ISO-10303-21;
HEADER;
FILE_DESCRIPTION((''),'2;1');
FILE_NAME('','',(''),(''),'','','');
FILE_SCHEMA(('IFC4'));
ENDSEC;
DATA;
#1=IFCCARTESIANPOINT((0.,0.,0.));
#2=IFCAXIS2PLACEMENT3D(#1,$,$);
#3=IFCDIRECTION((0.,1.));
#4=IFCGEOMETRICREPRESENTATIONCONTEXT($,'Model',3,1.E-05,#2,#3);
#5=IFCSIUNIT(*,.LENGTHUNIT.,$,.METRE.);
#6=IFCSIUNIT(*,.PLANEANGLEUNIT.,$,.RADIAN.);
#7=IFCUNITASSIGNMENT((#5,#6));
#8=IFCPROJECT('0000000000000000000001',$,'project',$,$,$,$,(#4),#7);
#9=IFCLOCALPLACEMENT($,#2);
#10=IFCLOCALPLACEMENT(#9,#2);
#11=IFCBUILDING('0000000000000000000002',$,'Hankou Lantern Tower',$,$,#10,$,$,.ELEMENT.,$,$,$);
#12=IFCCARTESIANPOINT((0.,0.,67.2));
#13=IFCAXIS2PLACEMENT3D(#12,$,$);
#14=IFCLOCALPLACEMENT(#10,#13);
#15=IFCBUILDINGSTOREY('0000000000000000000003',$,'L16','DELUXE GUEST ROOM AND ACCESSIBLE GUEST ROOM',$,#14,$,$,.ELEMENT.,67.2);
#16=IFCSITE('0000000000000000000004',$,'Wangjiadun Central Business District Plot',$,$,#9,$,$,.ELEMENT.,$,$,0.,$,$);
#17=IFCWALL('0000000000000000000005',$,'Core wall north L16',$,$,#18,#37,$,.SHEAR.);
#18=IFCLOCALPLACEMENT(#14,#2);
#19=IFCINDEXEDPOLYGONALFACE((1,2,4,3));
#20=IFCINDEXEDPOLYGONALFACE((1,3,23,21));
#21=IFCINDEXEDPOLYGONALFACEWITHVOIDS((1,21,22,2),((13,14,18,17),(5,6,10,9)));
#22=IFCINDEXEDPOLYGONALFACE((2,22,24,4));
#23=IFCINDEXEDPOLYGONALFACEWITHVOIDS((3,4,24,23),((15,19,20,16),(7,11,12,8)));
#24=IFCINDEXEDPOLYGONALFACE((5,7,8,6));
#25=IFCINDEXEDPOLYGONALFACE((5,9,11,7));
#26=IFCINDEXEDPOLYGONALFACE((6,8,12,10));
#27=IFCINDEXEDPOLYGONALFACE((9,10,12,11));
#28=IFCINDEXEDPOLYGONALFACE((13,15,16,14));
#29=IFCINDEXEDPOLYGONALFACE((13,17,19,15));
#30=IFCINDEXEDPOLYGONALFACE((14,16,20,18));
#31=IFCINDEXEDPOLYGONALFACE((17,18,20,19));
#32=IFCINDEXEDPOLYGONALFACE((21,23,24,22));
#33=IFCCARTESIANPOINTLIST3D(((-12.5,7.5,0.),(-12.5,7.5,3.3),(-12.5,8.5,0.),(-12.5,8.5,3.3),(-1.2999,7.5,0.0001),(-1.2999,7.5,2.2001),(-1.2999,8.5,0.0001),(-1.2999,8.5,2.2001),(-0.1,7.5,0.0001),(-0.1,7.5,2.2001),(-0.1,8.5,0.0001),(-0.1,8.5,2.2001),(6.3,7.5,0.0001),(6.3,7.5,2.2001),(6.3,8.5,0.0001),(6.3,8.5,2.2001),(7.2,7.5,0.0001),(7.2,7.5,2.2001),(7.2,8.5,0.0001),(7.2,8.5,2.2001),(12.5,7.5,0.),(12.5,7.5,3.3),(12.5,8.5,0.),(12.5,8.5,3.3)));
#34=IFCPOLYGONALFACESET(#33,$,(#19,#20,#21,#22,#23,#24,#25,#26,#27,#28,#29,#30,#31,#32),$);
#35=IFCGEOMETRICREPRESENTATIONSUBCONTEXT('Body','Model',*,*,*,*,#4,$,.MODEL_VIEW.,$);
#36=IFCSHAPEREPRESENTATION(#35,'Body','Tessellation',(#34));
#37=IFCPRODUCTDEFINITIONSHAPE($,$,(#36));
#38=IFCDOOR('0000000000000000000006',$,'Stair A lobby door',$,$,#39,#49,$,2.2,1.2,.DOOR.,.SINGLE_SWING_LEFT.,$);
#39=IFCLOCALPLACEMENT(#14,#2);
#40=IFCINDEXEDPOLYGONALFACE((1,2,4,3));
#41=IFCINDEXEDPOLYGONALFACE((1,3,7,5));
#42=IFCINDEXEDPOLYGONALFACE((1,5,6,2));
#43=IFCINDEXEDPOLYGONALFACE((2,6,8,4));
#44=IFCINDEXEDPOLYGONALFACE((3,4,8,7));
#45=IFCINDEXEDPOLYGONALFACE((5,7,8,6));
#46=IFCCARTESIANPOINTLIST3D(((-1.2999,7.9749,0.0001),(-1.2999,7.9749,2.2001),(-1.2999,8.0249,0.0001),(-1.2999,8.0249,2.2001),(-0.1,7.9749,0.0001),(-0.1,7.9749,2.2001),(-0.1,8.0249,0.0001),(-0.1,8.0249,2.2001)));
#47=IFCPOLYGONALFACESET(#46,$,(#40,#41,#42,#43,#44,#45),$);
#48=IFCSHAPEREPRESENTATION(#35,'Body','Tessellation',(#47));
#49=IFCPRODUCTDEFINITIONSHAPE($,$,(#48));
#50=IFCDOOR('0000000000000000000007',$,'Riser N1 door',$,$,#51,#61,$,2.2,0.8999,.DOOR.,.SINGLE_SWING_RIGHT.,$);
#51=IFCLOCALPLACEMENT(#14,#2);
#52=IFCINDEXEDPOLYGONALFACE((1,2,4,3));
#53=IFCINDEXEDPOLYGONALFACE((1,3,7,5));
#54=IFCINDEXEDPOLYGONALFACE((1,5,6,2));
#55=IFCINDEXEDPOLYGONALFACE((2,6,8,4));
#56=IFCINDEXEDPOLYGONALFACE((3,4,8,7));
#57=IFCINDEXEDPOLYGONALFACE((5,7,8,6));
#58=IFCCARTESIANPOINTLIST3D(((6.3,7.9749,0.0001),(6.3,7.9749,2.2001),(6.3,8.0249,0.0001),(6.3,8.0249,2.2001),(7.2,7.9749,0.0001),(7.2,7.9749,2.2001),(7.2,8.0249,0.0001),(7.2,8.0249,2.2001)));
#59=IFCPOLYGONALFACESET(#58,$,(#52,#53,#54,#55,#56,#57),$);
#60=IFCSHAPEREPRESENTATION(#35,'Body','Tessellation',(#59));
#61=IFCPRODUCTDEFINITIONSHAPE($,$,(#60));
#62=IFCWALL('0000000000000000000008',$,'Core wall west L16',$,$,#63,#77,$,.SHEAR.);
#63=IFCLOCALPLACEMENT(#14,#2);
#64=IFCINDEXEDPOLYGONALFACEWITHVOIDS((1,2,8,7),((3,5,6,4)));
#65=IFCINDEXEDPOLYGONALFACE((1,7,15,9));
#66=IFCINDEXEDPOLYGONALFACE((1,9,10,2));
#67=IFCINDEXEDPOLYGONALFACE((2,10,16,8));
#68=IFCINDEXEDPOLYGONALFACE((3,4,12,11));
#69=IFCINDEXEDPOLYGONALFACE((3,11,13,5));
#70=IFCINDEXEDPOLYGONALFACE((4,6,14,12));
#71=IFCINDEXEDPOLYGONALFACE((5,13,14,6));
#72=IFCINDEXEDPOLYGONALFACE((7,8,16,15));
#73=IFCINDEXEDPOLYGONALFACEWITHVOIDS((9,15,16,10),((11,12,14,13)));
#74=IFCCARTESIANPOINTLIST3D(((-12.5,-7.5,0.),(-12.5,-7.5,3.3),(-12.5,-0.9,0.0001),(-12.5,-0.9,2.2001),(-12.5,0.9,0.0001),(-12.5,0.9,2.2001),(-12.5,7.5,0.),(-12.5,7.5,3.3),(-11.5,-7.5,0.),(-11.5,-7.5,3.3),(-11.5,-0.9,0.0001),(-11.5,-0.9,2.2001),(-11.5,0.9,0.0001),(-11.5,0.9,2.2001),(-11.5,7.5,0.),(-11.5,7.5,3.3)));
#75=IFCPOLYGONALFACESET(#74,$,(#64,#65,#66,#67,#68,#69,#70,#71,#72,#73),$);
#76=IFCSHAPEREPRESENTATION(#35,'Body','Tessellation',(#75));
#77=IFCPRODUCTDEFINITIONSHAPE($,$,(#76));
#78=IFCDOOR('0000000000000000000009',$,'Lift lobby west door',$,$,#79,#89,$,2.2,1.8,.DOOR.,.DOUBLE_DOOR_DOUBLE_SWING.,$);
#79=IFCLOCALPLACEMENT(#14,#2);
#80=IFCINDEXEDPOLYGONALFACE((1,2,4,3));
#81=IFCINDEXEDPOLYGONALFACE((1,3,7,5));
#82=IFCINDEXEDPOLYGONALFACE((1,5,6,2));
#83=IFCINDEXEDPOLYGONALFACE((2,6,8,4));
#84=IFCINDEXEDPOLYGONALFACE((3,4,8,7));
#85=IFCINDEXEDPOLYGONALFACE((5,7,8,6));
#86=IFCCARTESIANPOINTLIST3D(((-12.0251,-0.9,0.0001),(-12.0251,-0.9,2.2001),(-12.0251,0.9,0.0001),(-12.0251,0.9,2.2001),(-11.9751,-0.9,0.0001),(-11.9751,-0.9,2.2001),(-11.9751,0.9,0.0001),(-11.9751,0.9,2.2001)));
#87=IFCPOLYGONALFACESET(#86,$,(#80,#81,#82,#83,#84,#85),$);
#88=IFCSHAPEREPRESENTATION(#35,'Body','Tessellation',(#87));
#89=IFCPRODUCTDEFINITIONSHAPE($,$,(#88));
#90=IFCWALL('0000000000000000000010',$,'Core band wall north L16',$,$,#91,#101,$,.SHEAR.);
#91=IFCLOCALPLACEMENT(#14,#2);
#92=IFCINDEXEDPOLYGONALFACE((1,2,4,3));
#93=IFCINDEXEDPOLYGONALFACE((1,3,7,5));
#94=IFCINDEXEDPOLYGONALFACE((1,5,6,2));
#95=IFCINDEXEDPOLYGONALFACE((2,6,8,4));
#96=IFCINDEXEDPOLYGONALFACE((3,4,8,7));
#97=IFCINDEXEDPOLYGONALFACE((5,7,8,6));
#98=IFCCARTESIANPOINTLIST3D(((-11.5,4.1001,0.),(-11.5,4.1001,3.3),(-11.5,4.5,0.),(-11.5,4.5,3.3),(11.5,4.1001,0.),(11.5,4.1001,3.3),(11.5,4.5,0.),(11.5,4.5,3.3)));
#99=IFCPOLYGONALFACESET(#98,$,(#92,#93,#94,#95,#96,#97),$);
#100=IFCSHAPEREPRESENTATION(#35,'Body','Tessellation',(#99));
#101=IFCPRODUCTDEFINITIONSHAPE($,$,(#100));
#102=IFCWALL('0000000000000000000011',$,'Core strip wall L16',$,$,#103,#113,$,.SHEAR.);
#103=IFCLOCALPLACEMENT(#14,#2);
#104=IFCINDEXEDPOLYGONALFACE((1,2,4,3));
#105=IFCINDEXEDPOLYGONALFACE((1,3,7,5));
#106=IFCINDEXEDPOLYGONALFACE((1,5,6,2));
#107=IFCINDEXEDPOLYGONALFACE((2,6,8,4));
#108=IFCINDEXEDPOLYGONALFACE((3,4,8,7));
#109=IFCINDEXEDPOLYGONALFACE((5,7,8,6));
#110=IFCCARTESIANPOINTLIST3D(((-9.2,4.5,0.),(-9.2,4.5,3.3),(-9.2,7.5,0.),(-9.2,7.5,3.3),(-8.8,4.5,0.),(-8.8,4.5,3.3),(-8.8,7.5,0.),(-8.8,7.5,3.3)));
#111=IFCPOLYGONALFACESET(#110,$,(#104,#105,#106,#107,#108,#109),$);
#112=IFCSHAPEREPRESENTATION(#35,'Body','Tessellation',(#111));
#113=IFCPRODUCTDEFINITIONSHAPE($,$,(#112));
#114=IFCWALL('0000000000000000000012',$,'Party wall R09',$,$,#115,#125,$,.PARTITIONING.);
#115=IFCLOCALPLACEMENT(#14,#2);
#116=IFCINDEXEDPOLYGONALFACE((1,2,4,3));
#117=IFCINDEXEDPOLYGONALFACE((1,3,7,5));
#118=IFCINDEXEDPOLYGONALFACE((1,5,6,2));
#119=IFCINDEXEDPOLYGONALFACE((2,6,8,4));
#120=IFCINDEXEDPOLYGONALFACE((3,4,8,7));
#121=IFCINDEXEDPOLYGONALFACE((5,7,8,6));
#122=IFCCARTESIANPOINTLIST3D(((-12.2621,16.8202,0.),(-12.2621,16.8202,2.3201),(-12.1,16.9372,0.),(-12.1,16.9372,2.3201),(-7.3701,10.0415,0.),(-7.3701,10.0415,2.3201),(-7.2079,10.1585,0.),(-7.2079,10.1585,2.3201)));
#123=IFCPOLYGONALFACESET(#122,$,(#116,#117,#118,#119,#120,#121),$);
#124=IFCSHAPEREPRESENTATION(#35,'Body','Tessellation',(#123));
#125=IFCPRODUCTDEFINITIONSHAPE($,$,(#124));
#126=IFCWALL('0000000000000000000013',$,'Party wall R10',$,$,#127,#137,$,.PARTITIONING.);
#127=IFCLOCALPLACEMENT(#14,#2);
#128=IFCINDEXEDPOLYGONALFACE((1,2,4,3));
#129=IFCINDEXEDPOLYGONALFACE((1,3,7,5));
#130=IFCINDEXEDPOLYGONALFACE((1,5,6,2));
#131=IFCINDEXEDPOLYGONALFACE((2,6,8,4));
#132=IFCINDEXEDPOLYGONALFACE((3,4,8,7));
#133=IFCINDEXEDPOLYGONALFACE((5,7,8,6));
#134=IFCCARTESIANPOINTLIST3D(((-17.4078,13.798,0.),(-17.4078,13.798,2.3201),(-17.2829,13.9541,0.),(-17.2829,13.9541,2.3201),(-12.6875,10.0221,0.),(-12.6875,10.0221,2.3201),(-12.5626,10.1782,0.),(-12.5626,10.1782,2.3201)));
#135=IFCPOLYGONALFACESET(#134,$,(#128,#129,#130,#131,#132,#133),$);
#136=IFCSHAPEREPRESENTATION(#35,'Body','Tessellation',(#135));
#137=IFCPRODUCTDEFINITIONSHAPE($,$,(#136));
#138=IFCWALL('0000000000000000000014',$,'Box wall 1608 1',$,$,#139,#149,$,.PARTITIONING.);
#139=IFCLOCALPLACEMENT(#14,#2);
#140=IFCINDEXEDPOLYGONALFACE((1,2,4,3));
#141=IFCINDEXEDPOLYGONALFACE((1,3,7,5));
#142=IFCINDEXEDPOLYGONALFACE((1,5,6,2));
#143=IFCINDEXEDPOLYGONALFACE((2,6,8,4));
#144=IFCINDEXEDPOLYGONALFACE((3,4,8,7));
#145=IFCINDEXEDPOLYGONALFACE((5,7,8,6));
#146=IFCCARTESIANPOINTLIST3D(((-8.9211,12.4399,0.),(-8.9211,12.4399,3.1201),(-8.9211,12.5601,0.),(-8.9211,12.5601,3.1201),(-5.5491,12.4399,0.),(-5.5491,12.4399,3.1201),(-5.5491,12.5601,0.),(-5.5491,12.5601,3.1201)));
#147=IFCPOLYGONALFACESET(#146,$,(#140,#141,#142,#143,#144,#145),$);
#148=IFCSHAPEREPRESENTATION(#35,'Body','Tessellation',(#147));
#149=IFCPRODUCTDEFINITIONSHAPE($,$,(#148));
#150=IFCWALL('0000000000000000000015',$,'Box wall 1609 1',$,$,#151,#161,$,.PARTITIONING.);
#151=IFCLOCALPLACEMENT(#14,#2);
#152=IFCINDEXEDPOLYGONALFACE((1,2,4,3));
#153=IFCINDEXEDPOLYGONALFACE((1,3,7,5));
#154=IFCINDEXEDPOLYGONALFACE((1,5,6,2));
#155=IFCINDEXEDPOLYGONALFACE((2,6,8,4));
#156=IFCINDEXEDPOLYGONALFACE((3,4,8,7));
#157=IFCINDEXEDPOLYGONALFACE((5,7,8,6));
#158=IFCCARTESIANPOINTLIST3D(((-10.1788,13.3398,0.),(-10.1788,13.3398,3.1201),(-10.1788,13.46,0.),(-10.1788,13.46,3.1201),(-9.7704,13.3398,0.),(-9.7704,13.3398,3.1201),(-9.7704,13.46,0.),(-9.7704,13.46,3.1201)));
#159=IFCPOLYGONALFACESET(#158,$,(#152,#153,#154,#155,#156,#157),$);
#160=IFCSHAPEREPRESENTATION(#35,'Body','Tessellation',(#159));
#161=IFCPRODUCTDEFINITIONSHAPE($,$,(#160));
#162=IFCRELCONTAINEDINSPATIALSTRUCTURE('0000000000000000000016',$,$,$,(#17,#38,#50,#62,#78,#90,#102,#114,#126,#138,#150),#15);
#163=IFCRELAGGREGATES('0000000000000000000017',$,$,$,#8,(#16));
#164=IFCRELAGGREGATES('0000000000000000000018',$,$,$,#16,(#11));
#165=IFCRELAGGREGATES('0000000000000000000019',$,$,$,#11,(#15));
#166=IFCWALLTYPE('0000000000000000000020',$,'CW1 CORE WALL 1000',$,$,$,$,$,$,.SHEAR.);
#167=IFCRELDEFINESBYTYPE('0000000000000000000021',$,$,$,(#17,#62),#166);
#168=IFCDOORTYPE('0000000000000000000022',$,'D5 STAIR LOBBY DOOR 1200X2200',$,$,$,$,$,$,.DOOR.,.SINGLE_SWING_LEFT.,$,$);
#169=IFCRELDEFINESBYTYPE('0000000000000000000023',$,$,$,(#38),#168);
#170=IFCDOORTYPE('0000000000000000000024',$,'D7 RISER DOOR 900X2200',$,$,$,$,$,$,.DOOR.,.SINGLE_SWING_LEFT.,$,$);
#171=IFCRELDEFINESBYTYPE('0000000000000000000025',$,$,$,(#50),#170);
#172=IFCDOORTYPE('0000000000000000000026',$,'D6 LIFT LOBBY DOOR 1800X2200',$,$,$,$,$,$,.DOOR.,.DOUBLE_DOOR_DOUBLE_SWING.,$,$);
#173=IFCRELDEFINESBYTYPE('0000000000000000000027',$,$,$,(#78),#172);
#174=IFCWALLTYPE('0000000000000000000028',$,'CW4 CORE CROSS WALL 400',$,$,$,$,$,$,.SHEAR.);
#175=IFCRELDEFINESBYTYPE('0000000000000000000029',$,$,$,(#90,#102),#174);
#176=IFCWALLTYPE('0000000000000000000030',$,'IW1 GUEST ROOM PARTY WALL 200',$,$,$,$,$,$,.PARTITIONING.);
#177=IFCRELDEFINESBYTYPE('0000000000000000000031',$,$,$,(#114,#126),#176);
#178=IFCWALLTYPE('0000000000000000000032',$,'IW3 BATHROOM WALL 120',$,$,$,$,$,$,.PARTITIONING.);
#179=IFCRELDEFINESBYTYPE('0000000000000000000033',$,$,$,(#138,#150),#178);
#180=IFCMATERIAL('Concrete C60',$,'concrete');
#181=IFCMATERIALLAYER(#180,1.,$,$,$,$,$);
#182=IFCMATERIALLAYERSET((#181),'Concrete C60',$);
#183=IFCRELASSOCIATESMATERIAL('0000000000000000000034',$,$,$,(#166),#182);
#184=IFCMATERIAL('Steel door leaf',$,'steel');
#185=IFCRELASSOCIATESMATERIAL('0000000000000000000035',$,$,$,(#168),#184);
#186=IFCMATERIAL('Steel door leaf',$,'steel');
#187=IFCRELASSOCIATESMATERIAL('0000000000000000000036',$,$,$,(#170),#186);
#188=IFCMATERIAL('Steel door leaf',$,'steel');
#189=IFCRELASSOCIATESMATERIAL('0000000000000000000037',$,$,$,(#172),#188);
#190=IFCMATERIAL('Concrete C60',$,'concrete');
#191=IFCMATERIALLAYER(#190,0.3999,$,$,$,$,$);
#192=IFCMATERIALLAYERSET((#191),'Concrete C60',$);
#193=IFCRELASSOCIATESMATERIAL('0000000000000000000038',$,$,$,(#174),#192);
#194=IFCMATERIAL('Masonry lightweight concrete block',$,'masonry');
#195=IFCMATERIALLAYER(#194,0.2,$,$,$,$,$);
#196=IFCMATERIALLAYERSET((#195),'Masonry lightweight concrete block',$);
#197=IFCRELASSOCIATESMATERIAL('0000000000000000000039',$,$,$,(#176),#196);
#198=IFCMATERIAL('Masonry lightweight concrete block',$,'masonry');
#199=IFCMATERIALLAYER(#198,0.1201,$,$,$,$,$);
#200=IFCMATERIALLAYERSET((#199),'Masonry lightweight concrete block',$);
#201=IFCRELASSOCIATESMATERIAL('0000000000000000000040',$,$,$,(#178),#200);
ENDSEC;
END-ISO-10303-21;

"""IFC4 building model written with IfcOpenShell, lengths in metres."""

from ifc_helpers import new_model, si_unit, direction, frame, frame_2d, origin, place, context, subcontext, project, spatial, rectangle, extrude, material, layer, layer_set, type_object, element, fill, save


model = new_model("IFC4")

# Units and contexts
model_context = context("Model", 3, precision=1e-05, world=origin(), true_north=direction((0.0, 1.0)))
body_context = subcontext(model_context, "Body", "Model", "MODEL_VIEW")
ifc_project = project(units=[si_unit("LENGTHUNIT", "METRE"), si_unit("PLANEANGLEUNIT", "RADIAN")], contexts=[model_context])

# Site, building, storey
site_placement = place(None, origin())
site = spatial("IfcSite", under=ifc_project, at=site_placement, Name="Wangjiadun Central Business District Plot", CompositionType="ELEMENT", RefElevation=0.0)
building_placement = place(site_placement, origin())
building = spatial("IfcBuilding", under=site, at=building_placement, Name="Hankou Lantern Tower", CompositionType="ELEMENT")
storey_placement = place(building_placement, frame((0.0, 0.0, 67.2)))
storey = spatial("IfcBuildingStorey", under=building, at=storey_placement, Name="L16", Description="DELUXE GUEST ROOM AND ACCESSIBLE GUEST ROOM", CompositionType="ELEMENT", Elevation=67.2)

# Wall, openings, doors
ifc_material_1 = material(Name="Concrete C60", Category="concrete")
ifc_layer_1 = layer(ifc_material_1, 1.0)
ifc_layer_set_1 = layer_set([ifc_layer_1], Name="Concrete C60")
wall_type_1 = type_object("IfcWallType", Name="CW1 CORE WALL 1000", PredefinedType="SHEAR", material=ifc_layer_set_1)
wall_1_placement = place(storey_placement, frame((-12.5, 8.0, 0.0), z_axis=(0.0, 0.0, 1.0), x_axis=(1.0, 0.0, 0.0)))
wall_1 = element("IfcWall", 1, at=wall_1_placement, inside=storey, type_object=wall_type_1, Name="Core wall north L16", PredefinedType="SHEAR", context=body_context, shape_type="SweptSolid", body=[
    extrude(rectangle(XDim=25.0, YDim=1.0, at=frame_2d((12.5, 0.0))), origin(), (0.0, 0.0, 1.0), 3.3),
])
opening_1_placement = place(wall_1_placement, frame((11.2, 0.0, 0.0)))
opening_1 = element("IfcOpeningElement", 2, at=opening_1_placement, cuts=wall_1, PredefinedType="OPENING", context=body_context, shape_type="SweptSolid", body=[
    extrude(rectangle(XDim=1.2, YDim=2.2, at=frame_2d((0.6001, 1.1001))), frame((0.0, 0.51, 0.0), z_axis=(0.0, -1.0, 0.0), x_axis=(1.0, 0.0, 0.0)), (0.0, 0.0, 1.0), 1.02),
])
opening_2_placement = place(wall_1_placement, frame((18.8, 0.0, 0.0)))
opening_2 = element("IfcOpeningElement", 3, at=opening_2_placement, cuts=wall_1, PredefinedType="OPENING", context=body_context, shape_type="SweptSolid", body=[
    extrude(rectangle(XDim=0.8999, YDim=2.2, at=frame_2d((0.45, 1.1001))), frame((0.0, 0.51, 0.0), z_axis=(0.0, -1.0, 0.0), x_axis=(1.0, 0.0, 0.0)), (0.0, 0.0, 1.0), 1.02),
])
ifc_material_2 = material(Name="Steel door leaf", Category="steel")
door_type_1 = type_object("IfcDoorType", Name="D5 STAIR LOBBY DOOR 1200X2200", OperationType="SINGLE_SWING_LEFT", PredefinedType="DOOR", material=ifc_material_2)
door_1_placement = place(opening_1_placement, origin())
door_1 = element("IfcDoor", 4, at=door_1_placement, inside=storey, type_object=door_type_1, Name="Stair A lobby door", OperationType="SINGLE_SWING_LEFT", OverallHeight=2.2, OverallWidth=1.2, PredefinedType="DOOR", context=body_context, shape_type="SweptSolid", body=[
    extrude(rectangle(XDim=1.2, YDim=2.2, at=frame_2d((0.6001, 1.1001))), frame((0.0, 0.0249, 0.0), z_axis=(0.0, -1.0, 0.0), x_axis=(1.0, 0.0, 0.0)), (0.0, 0.0, 1.0), 0.05),
])
fill(opening_1, door_1)
ifc_material_3 = material(Name="Steel door leaf", Category="steel")
door_type_2 = type_object("IfcDoorType", Name="D7 RISER DOOR 900X2200", OperationType="SINGLE_SWING_LEFT", PredefinedType="DOOR", material=ifc_material_3)
door_2_placement = place(opening_2_placement, origin())
door_2 = element("IfcDoor", 5, at=door_2_placement, inside=storey, type_object=door_type_2, Name="Riser N1 door", OperationType="SINGLE_SWING_RIGHT", OverallHeight=2.2, OverallWidth=0.8999, PredefinedType="DOOR", context=body_context, shape_type="SweptSolid", body=[
    extrude(rectangle(XDim=0.8999, YDim=2.2, at=frame_2d((0.45, 1.1001))), frame((0.0, 0.0249, 0.0), z_axis=(0.0, -1.0, 0.0), x_axis=(1.0, 0.0, 0.0)), (0.0, 0.0, 1.0), 0.05),
])
fill(opening_2, door_2)

# Wall, opening, door
wall_2_placement = place(storey_placement, frame((-12.0, 7.5, 0.0), z_axis=(0.0, 0.0, 1.0), x_axis=(0.0, -1.0, 0.0)))
wall_2 = element("IfcWall", 6, at=wall_2_placement, inside=storey, type_object=wall_type_1, Name="Core wall west L16", PredefinedType="SHEAR", context=body_context, shape_type="SweptSolid", body=[
    extrude(rectangle(XDim=15.0, YDim=1.0, at=frame_2d((7.5, 0.0))), origin(), (0.0, 0.0, 1.0), 3.3),
])
opening_3_placement = place(wall_2_placement, frame((6.6001, 0.0, 0.0)))
opening_3 = element("IfcOpeningElement", 7, at=opening_3_placement, cuts=wall_2, PredefinedType="OPENING", context=body_context, shape_type="SweptSolid", body=[
    extrude(rectangle(XDim=1.8, YDim=2.2, at=frame_2d((0.8999, 1.1001))), frame((0.0, 0.51, 0.0), z_axis=(0.0, -1.0, 0.0), x_axis=(1.0, 0.0, 0.0)), (0.0, 0.0, 1.0), 1.02),
])
ifc_material_4 = material(Name="Steel door leaf", Category="steel")
door_type_3 = type_object("IfcDoorType", Name="D6 LIFT LOBBY DOOR 1800X2200", OperationType="DOUBLE_DOOR_DOUBLE_SWING", PredefinedType="DOOR", material=ifc_material_4)
door_3_placement = place(opening_3_placement, origin())
door_3 = element("IfcDoor", 8, at=door_3_placement, inside=storey, type_object=door_type_3, Name="Lift lobby west door", OperationType="DOUBLE_DOOR_DOUBLE_SWING", OverallHeight=2.2, OverallWidth=1.8, PredefinedType="DOOR", context=body_context, shape_type="SweptSolid", body=[
    extrude(rectangle(XDim=1.8, YDim=2.2, at=frame_2d((0.8999, 1.1001))), frame((0.0, 0.0249, 0.0), z_axis=(0.0, -1.0, 0.0), x_axis=(1.0, 0.0, 0.0)), (0.0, 0.0, 1.0), 0.05),
])
fill(opening_3, door_3)

# Walls
ifc_material_5 = material(Name="Concrete C60", Category="concrete")
ifc_layer_2 = layer(ifc_material_5, 0.3999)
ifc_layer_set_2 = layer_set([ifc_layer_2], Name="Concrete C60")
wall_type_2 = type_object("IfcWallType", Name="CW4 CORE CROSS WALL 400", PredefinedType="SHEAR", material=ifc_layer_set_2)
wall_3_placement = place(storey_placement, frame((-11.5, 4.3, 0.0), z_axis=(0.0, 0.0, 1.0), x_axis=(1.0, 0.0, 0.0)))
element("IfcWall", 9, at=wall_3_placement, inside=storey, type_object=wall_type_2, Name="Core band wall north L16", PredefinedType="SHEAR", context=body_context, shape_type="SweptSolid", body=[
    extrude(rectangle(XDim=23.0, YDim=0.3999, at=frame_2d((11.5, 0.0))), origin(), (0.0, 0.0, 1.0), 3.3),
])
wall_4_placement = place(storey_placement, frame((-9.0, 4.5, 0.0), z_axis=(0.0, 0.0, 1.0), x_axis=(0.0, 1.0, 0.0)))
element("IfcWall", 10, at=wall_4_placement, inside=storey, type_object=wall_type_2, Name="Core strip wall L16", PredefinedType="SHEAR", context=body_context, shape_type="SweptSolid", body=[
    extrude(rectangle(XDim=3.0, YDim=0.3999, at=frame_2d((1.5, 0.0))), origin(), (0.0, 0.0, 1.0), 3.3),
])
ifc_material_6 = material(Name="Masonry lightweight concrete block", Category="masonry")
ifc_layer_3 = layer(ifc_material_6, 0.2)
ifc_layer_set_3 = layer_set([ifc_layer_3], Name="Masonry lightweight concrete block")
wall_type_3 = type_object("IfcWallType", Name="IW1 GUEST ROOM PARTY WALL 200", PredefinedType="PARTITIONING", material=ifc_layer_set_3)
wall_5_placement = place(storey_placement, frame((-7.2891, 10.1001, 0.0), z_axis=(0.0, 0.0, 1.0), x_axis=(-0.585198, 0.81089, 0.0)))
element("IfcWall", 11, at=wall_5_placement, inside=storey, type_object=wall_type_3, Name="Party wall R09", PredefinedType="PARTITIONING", context=body_context, shape_type="SweptSolid", body=[
    extrude(rectangle(XDim=8.3596, YDim=0.2, at=frame_2d((4.1797, 0.0))), origin(), (0.0, 0.0, 1.0), 2.3201),
])
wall_6_placement = place(storey_placement, frame((-12.625, 10.1001, 0.0), z_axis=(0.0, 0.0, 1.0), x_axis=(-0.780892, 0.624665, 0.0)))
element("IfcWall", 12, at=wall_6_placement, inside=storey, type_object=wall_type_3, Name="Party wall R10", PredefinedType="PARTITIONING", context=body_context, shape_type="SweptSolid", body=[
    extrude(rectangle(XDim=6.0447, YDim=0.2, at=frame_2d((3.0225, 0.0))), origin(), (0.0, 0.0, 1.0), 2.3201),
])
ifc_material_7 = material(Name="Masonry lightweight concrete block", Category="masonry")
ifc_layer_4 = layer(ifc_material_7, 0.1201)
ifc_layer_set_4 = layer_set([ifc_layer_4], Name="Masonry lightweight concrete block")
wall_type_4 = type_object("IfcWallType", Name="IW3 BATHROOM WALL 120", PredefinedType="PARTITIONING", material=ifc_layer_set_4)
wall_7_placement = place(storey_placement, frame((-8.9211, 12.5, 0.0), z_axis=(0.0, 0.0, 1.0), x_axis=(1.0, 0.0, 0.0)))
element("IfcWall", 13, at=wall_7_placement, inside=storey, type_object=wall_type_4, Name="Box wall 1608 1", PredefinedType="PARTITIONING", context=body_context, shape_type="SweptSolid", body=[
    extrude(rectangle(XDim=3.3721, YDim=0.1201, at=frame_2d((1.686, 0.0))), origin(), (0.0, 0.0, 1.0), 3.1201),
])
wall_8_placement = place(storey_placement, frame((-9.7705, 13.3999, 0.0), z_axis=(0.0, 0.0, 1.0), x_axis=(-1.0, 0.0, 0.0)))
element("IfcWall", 14, at=wall_8_placement, inside=storey, type_object=wall_type_4, Name="Box wall 1609 1", PredefinedType="PARTITIONING", context=body_context, shape_type="SweptSolid", body=[
    extrude(rectangle(XDim=0.4084, YDim=0.1201, at=frame_2d((0.2041, 0.0))), origin(), (0.0, 0.0, 1.0), 3.1201),
])

save(model, "model.ifc")
